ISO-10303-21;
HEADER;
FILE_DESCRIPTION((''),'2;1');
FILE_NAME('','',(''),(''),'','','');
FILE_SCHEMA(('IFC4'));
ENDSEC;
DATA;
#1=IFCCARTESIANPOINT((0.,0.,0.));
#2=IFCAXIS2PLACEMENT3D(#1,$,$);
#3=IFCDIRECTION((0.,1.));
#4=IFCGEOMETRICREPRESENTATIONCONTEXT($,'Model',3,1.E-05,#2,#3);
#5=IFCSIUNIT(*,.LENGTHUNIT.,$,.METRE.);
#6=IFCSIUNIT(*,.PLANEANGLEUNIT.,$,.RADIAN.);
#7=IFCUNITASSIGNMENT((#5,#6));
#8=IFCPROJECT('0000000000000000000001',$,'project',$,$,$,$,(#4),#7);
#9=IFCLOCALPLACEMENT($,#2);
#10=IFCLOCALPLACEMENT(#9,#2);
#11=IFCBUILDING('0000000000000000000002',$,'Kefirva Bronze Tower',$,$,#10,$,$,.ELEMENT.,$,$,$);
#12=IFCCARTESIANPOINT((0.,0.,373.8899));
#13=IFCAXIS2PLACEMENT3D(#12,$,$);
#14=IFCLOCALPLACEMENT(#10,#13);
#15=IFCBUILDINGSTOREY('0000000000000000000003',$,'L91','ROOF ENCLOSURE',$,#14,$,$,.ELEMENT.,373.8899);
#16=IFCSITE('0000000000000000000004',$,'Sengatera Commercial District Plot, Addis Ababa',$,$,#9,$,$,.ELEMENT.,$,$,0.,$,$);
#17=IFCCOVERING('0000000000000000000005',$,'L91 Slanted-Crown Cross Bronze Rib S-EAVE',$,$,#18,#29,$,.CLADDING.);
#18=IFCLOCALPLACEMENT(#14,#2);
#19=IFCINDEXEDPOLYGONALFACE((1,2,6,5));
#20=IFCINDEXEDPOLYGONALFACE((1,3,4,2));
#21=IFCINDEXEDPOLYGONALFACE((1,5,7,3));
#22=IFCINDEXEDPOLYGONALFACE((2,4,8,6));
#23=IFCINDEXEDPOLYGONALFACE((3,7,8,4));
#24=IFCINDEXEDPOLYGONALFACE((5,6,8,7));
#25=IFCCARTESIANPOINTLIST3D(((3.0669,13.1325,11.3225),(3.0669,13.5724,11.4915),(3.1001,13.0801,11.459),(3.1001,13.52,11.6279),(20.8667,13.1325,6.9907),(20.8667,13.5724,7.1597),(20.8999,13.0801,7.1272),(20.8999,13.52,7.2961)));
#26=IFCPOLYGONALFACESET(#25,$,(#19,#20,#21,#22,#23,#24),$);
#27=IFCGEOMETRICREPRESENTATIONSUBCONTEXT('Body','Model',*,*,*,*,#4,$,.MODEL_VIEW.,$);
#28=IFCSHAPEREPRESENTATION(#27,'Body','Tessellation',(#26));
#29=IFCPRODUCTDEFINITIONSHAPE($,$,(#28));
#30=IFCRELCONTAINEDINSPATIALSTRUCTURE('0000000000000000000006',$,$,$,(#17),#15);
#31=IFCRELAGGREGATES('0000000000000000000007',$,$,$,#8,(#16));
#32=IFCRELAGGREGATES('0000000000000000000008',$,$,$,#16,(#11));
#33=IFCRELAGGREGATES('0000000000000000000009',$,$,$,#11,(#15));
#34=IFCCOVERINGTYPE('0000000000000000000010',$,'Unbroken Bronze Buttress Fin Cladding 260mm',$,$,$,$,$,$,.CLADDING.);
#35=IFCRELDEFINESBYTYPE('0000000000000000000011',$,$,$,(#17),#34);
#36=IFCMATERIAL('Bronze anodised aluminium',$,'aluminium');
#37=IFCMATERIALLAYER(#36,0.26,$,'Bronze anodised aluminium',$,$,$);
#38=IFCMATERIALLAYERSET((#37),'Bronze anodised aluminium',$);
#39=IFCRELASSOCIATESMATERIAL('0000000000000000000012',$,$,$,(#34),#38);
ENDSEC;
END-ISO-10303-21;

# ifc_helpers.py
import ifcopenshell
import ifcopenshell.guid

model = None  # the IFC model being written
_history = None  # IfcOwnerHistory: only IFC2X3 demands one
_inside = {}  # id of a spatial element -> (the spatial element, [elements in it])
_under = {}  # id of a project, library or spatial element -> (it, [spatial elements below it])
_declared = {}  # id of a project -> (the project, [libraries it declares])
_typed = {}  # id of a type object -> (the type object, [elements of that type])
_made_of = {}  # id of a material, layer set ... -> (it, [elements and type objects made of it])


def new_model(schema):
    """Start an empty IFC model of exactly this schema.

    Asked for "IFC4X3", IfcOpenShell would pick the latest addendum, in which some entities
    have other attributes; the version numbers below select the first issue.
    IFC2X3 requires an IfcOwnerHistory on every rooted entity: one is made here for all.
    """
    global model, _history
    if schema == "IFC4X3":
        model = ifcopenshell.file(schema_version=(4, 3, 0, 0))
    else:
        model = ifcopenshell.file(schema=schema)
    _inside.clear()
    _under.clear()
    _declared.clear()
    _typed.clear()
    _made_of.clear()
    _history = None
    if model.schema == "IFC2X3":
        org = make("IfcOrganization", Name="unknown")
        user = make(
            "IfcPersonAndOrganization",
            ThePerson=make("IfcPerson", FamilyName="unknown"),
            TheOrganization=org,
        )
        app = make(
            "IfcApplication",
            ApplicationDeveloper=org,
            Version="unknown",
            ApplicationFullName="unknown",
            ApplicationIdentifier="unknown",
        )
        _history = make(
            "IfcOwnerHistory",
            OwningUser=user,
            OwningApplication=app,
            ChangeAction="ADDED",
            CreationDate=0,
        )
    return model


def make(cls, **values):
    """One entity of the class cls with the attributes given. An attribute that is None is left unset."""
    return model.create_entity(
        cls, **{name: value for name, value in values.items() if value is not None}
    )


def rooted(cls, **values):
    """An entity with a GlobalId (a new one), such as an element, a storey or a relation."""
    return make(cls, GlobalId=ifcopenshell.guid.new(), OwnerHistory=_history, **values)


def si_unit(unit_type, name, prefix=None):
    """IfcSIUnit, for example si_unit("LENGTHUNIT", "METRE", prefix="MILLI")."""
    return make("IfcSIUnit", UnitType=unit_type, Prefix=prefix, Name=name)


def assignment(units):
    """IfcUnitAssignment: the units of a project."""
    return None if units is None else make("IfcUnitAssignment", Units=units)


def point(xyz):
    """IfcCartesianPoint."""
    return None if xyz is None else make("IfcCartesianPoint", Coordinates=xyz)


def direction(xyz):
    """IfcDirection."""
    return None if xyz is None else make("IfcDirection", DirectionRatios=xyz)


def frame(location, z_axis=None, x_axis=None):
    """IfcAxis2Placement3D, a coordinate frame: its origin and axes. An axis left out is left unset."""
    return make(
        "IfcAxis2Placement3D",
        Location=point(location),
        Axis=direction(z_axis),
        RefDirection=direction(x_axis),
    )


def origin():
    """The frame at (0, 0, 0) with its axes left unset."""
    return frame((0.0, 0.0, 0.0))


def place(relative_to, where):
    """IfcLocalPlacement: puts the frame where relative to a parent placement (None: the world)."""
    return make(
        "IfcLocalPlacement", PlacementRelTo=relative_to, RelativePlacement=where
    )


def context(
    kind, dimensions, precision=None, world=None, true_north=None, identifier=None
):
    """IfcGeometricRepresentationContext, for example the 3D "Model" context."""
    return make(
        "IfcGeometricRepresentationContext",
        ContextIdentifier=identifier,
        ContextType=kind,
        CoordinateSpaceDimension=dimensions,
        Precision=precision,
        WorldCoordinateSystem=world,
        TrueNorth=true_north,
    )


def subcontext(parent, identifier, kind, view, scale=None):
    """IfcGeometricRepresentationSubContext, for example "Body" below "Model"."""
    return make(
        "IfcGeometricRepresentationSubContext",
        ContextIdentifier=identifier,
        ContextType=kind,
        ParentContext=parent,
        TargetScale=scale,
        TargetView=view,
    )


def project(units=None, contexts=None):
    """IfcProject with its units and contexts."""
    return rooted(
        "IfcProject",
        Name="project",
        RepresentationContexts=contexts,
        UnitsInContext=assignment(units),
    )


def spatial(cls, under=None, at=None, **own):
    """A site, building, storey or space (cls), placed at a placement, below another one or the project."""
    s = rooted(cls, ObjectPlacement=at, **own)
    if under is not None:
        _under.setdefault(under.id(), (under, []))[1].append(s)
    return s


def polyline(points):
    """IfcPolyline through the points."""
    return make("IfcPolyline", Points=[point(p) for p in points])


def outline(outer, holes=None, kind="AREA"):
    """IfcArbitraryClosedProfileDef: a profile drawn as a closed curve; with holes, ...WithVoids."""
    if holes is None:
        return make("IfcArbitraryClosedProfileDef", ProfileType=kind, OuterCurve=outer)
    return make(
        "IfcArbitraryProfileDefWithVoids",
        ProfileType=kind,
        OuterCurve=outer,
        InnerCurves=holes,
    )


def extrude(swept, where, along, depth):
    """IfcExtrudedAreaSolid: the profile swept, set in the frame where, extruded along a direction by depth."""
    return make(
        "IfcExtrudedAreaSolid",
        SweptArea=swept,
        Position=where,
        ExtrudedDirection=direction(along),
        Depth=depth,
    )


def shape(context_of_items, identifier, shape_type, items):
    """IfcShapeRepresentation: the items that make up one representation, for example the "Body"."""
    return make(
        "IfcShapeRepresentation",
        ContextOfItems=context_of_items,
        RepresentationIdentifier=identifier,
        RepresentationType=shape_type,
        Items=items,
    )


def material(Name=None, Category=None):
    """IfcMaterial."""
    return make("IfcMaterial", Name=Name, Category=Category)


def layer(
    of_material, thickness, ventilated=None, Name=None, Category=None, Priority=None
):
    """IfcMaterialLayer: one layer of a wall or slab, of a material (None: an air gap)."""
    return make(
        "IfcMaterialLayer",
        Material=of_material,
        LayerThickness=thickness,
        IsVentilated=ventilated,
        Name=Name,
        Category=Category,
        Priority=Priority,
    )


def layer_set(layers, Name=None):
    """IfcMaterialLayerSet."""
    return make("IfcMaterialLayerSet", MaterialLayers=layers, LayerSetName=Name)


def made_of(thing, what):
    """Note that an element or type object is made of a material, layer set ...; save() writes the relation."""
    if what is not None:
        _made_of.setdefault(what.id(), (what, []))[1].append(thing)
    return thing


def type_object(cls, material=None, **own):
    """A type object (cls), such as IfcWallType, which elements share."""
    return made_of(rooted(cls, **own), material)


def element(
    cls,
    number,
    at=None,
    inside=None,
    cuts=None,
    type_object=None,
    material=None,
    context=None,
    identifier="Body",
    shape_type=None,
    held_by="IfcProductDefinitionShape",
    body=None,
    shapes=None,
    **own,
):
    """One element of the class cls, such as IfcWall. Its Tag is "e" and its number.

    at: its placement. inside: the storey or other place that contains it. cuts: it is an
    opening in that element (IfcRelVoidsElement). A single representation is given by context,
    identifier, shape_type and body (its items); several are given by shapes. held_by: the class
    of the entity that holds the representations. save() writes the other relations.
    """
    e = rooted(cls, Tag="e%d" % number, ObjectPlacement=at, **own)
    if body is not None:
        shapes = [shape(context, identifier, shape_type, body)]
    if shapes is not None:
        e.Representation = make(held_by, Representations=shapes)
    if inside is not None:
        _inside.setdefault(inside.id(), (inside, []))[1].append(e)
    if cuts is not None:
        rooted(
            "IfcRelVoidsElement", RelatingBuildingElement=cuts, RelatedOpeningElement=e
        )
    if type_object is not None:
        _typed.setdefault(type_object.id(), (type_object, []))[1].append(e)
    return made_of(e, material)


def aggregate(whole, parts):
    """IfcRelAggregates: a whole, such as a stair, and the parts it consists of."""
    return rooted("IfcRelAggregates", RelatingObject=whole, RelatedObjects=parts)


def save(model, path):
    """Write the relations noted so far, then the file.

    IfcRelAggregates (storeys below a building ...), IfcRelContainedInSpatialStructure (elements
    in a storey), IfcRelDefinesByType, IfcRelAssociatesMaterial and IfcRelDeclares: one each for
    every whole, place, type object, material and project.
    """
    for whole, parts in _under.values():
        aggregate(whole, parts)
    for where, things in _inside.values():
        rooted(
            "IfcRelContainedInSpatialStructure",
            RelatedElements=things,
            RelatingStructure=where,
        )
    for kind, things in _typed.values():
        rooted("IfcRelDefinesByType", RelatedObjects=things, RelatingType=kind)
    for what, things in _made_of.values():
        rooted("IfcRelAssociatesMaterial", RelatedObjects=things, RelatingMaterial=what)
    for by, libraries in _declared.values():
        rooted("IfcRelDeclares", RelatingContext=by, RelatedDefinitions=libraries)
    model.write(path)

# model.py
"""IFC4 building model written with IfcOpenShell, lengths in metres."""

from ifc_helpers import new_model, si_unit, direction, frame, origin, place, context, subcontext, project, spatial, polyline, outline, extrude, material, layer, layer_set, type_object, element, save


model = new_model("IFC4")

# Units and contexts
model_context = context("Model", 3, precision=1e-05, world=origin(), true_north=direction((0.0, 1.0)))
body_context = subcontext(model_context, "Body", "Model", "MODEL_VIEW")
ifc_project = project(units=[si_unit("LENGTHUNIT", "METRE"), si_unit("PLANEANGLEUNIT", "RADIAN")], contexts=[model_context])

# Site, building, storey
site_placement = place(None, origin())
site = spatial("IfcSite", under=ifc_project, at=site_placement, Name="Sengatera Commercial District Plot, Addis Ababa", CompositionType="ELEMENT", RefElevation=0.0)
building_placement = place(site_placement, origin())
building = spatial("IfcBuilding", under=site, at=building_placement, Name="Kefirva Bronze Tower", CompositionType="ELEMENT")
storey_placement = place(building_placement, frame((0.0, 0.0, 373.8899)))
storey = spatial("IfcBuildingStorey", under=building, at=storey_placement, Name="L91", Description="ROOF ENCLOSURE", CompositionType="ELEMENT", Elevation=373.8899)

# Shared definitions
ifc_material_1 = material(Name="Bronze anodised aluminium", Category="aluminium")

# Covering
ifc_layer_1 = layer(ifc_material_1, 0.26, Name="Bronze anodised aluminium")
ifc_layer_set_1 = layer_set([ifc_layer_1], Name="Bronze anodised aluminium")
covering_type_1 = type_object("IfcCoveringType", Name="Unbroken Bronze Buttress Fin Cladding 260mm", PredefinedType="CLADDING", material=ifc_layer_set_1)
covering_1_placement = place(storey_placement, frame((3.1001, 13.0801, 11.459), z_axis=(0.221541, -0.349585, 0.910335), x_axis=(0.971641, 0.0, -0.23646)))
element("IfcCovering", 1, at=covering_1_placement, inside=storey, type_object=covering_type_1, Name="L91 Slanted-Crown Cross Bronze Rib S-EAVE", PredefinedType="CLADDING", context=body_context, shape_type="SweptSolid", body=[
    extrude(outline(polyline([(0.0, 0.0), (18.3193, 0.0), (18.2794, 0.4696), (-0.0399, 0.4696), (0.0, 0.0)])), origin(), (0.0, 0.0, -1.0), 0.1499),
])

save(model, "model.ifc")
